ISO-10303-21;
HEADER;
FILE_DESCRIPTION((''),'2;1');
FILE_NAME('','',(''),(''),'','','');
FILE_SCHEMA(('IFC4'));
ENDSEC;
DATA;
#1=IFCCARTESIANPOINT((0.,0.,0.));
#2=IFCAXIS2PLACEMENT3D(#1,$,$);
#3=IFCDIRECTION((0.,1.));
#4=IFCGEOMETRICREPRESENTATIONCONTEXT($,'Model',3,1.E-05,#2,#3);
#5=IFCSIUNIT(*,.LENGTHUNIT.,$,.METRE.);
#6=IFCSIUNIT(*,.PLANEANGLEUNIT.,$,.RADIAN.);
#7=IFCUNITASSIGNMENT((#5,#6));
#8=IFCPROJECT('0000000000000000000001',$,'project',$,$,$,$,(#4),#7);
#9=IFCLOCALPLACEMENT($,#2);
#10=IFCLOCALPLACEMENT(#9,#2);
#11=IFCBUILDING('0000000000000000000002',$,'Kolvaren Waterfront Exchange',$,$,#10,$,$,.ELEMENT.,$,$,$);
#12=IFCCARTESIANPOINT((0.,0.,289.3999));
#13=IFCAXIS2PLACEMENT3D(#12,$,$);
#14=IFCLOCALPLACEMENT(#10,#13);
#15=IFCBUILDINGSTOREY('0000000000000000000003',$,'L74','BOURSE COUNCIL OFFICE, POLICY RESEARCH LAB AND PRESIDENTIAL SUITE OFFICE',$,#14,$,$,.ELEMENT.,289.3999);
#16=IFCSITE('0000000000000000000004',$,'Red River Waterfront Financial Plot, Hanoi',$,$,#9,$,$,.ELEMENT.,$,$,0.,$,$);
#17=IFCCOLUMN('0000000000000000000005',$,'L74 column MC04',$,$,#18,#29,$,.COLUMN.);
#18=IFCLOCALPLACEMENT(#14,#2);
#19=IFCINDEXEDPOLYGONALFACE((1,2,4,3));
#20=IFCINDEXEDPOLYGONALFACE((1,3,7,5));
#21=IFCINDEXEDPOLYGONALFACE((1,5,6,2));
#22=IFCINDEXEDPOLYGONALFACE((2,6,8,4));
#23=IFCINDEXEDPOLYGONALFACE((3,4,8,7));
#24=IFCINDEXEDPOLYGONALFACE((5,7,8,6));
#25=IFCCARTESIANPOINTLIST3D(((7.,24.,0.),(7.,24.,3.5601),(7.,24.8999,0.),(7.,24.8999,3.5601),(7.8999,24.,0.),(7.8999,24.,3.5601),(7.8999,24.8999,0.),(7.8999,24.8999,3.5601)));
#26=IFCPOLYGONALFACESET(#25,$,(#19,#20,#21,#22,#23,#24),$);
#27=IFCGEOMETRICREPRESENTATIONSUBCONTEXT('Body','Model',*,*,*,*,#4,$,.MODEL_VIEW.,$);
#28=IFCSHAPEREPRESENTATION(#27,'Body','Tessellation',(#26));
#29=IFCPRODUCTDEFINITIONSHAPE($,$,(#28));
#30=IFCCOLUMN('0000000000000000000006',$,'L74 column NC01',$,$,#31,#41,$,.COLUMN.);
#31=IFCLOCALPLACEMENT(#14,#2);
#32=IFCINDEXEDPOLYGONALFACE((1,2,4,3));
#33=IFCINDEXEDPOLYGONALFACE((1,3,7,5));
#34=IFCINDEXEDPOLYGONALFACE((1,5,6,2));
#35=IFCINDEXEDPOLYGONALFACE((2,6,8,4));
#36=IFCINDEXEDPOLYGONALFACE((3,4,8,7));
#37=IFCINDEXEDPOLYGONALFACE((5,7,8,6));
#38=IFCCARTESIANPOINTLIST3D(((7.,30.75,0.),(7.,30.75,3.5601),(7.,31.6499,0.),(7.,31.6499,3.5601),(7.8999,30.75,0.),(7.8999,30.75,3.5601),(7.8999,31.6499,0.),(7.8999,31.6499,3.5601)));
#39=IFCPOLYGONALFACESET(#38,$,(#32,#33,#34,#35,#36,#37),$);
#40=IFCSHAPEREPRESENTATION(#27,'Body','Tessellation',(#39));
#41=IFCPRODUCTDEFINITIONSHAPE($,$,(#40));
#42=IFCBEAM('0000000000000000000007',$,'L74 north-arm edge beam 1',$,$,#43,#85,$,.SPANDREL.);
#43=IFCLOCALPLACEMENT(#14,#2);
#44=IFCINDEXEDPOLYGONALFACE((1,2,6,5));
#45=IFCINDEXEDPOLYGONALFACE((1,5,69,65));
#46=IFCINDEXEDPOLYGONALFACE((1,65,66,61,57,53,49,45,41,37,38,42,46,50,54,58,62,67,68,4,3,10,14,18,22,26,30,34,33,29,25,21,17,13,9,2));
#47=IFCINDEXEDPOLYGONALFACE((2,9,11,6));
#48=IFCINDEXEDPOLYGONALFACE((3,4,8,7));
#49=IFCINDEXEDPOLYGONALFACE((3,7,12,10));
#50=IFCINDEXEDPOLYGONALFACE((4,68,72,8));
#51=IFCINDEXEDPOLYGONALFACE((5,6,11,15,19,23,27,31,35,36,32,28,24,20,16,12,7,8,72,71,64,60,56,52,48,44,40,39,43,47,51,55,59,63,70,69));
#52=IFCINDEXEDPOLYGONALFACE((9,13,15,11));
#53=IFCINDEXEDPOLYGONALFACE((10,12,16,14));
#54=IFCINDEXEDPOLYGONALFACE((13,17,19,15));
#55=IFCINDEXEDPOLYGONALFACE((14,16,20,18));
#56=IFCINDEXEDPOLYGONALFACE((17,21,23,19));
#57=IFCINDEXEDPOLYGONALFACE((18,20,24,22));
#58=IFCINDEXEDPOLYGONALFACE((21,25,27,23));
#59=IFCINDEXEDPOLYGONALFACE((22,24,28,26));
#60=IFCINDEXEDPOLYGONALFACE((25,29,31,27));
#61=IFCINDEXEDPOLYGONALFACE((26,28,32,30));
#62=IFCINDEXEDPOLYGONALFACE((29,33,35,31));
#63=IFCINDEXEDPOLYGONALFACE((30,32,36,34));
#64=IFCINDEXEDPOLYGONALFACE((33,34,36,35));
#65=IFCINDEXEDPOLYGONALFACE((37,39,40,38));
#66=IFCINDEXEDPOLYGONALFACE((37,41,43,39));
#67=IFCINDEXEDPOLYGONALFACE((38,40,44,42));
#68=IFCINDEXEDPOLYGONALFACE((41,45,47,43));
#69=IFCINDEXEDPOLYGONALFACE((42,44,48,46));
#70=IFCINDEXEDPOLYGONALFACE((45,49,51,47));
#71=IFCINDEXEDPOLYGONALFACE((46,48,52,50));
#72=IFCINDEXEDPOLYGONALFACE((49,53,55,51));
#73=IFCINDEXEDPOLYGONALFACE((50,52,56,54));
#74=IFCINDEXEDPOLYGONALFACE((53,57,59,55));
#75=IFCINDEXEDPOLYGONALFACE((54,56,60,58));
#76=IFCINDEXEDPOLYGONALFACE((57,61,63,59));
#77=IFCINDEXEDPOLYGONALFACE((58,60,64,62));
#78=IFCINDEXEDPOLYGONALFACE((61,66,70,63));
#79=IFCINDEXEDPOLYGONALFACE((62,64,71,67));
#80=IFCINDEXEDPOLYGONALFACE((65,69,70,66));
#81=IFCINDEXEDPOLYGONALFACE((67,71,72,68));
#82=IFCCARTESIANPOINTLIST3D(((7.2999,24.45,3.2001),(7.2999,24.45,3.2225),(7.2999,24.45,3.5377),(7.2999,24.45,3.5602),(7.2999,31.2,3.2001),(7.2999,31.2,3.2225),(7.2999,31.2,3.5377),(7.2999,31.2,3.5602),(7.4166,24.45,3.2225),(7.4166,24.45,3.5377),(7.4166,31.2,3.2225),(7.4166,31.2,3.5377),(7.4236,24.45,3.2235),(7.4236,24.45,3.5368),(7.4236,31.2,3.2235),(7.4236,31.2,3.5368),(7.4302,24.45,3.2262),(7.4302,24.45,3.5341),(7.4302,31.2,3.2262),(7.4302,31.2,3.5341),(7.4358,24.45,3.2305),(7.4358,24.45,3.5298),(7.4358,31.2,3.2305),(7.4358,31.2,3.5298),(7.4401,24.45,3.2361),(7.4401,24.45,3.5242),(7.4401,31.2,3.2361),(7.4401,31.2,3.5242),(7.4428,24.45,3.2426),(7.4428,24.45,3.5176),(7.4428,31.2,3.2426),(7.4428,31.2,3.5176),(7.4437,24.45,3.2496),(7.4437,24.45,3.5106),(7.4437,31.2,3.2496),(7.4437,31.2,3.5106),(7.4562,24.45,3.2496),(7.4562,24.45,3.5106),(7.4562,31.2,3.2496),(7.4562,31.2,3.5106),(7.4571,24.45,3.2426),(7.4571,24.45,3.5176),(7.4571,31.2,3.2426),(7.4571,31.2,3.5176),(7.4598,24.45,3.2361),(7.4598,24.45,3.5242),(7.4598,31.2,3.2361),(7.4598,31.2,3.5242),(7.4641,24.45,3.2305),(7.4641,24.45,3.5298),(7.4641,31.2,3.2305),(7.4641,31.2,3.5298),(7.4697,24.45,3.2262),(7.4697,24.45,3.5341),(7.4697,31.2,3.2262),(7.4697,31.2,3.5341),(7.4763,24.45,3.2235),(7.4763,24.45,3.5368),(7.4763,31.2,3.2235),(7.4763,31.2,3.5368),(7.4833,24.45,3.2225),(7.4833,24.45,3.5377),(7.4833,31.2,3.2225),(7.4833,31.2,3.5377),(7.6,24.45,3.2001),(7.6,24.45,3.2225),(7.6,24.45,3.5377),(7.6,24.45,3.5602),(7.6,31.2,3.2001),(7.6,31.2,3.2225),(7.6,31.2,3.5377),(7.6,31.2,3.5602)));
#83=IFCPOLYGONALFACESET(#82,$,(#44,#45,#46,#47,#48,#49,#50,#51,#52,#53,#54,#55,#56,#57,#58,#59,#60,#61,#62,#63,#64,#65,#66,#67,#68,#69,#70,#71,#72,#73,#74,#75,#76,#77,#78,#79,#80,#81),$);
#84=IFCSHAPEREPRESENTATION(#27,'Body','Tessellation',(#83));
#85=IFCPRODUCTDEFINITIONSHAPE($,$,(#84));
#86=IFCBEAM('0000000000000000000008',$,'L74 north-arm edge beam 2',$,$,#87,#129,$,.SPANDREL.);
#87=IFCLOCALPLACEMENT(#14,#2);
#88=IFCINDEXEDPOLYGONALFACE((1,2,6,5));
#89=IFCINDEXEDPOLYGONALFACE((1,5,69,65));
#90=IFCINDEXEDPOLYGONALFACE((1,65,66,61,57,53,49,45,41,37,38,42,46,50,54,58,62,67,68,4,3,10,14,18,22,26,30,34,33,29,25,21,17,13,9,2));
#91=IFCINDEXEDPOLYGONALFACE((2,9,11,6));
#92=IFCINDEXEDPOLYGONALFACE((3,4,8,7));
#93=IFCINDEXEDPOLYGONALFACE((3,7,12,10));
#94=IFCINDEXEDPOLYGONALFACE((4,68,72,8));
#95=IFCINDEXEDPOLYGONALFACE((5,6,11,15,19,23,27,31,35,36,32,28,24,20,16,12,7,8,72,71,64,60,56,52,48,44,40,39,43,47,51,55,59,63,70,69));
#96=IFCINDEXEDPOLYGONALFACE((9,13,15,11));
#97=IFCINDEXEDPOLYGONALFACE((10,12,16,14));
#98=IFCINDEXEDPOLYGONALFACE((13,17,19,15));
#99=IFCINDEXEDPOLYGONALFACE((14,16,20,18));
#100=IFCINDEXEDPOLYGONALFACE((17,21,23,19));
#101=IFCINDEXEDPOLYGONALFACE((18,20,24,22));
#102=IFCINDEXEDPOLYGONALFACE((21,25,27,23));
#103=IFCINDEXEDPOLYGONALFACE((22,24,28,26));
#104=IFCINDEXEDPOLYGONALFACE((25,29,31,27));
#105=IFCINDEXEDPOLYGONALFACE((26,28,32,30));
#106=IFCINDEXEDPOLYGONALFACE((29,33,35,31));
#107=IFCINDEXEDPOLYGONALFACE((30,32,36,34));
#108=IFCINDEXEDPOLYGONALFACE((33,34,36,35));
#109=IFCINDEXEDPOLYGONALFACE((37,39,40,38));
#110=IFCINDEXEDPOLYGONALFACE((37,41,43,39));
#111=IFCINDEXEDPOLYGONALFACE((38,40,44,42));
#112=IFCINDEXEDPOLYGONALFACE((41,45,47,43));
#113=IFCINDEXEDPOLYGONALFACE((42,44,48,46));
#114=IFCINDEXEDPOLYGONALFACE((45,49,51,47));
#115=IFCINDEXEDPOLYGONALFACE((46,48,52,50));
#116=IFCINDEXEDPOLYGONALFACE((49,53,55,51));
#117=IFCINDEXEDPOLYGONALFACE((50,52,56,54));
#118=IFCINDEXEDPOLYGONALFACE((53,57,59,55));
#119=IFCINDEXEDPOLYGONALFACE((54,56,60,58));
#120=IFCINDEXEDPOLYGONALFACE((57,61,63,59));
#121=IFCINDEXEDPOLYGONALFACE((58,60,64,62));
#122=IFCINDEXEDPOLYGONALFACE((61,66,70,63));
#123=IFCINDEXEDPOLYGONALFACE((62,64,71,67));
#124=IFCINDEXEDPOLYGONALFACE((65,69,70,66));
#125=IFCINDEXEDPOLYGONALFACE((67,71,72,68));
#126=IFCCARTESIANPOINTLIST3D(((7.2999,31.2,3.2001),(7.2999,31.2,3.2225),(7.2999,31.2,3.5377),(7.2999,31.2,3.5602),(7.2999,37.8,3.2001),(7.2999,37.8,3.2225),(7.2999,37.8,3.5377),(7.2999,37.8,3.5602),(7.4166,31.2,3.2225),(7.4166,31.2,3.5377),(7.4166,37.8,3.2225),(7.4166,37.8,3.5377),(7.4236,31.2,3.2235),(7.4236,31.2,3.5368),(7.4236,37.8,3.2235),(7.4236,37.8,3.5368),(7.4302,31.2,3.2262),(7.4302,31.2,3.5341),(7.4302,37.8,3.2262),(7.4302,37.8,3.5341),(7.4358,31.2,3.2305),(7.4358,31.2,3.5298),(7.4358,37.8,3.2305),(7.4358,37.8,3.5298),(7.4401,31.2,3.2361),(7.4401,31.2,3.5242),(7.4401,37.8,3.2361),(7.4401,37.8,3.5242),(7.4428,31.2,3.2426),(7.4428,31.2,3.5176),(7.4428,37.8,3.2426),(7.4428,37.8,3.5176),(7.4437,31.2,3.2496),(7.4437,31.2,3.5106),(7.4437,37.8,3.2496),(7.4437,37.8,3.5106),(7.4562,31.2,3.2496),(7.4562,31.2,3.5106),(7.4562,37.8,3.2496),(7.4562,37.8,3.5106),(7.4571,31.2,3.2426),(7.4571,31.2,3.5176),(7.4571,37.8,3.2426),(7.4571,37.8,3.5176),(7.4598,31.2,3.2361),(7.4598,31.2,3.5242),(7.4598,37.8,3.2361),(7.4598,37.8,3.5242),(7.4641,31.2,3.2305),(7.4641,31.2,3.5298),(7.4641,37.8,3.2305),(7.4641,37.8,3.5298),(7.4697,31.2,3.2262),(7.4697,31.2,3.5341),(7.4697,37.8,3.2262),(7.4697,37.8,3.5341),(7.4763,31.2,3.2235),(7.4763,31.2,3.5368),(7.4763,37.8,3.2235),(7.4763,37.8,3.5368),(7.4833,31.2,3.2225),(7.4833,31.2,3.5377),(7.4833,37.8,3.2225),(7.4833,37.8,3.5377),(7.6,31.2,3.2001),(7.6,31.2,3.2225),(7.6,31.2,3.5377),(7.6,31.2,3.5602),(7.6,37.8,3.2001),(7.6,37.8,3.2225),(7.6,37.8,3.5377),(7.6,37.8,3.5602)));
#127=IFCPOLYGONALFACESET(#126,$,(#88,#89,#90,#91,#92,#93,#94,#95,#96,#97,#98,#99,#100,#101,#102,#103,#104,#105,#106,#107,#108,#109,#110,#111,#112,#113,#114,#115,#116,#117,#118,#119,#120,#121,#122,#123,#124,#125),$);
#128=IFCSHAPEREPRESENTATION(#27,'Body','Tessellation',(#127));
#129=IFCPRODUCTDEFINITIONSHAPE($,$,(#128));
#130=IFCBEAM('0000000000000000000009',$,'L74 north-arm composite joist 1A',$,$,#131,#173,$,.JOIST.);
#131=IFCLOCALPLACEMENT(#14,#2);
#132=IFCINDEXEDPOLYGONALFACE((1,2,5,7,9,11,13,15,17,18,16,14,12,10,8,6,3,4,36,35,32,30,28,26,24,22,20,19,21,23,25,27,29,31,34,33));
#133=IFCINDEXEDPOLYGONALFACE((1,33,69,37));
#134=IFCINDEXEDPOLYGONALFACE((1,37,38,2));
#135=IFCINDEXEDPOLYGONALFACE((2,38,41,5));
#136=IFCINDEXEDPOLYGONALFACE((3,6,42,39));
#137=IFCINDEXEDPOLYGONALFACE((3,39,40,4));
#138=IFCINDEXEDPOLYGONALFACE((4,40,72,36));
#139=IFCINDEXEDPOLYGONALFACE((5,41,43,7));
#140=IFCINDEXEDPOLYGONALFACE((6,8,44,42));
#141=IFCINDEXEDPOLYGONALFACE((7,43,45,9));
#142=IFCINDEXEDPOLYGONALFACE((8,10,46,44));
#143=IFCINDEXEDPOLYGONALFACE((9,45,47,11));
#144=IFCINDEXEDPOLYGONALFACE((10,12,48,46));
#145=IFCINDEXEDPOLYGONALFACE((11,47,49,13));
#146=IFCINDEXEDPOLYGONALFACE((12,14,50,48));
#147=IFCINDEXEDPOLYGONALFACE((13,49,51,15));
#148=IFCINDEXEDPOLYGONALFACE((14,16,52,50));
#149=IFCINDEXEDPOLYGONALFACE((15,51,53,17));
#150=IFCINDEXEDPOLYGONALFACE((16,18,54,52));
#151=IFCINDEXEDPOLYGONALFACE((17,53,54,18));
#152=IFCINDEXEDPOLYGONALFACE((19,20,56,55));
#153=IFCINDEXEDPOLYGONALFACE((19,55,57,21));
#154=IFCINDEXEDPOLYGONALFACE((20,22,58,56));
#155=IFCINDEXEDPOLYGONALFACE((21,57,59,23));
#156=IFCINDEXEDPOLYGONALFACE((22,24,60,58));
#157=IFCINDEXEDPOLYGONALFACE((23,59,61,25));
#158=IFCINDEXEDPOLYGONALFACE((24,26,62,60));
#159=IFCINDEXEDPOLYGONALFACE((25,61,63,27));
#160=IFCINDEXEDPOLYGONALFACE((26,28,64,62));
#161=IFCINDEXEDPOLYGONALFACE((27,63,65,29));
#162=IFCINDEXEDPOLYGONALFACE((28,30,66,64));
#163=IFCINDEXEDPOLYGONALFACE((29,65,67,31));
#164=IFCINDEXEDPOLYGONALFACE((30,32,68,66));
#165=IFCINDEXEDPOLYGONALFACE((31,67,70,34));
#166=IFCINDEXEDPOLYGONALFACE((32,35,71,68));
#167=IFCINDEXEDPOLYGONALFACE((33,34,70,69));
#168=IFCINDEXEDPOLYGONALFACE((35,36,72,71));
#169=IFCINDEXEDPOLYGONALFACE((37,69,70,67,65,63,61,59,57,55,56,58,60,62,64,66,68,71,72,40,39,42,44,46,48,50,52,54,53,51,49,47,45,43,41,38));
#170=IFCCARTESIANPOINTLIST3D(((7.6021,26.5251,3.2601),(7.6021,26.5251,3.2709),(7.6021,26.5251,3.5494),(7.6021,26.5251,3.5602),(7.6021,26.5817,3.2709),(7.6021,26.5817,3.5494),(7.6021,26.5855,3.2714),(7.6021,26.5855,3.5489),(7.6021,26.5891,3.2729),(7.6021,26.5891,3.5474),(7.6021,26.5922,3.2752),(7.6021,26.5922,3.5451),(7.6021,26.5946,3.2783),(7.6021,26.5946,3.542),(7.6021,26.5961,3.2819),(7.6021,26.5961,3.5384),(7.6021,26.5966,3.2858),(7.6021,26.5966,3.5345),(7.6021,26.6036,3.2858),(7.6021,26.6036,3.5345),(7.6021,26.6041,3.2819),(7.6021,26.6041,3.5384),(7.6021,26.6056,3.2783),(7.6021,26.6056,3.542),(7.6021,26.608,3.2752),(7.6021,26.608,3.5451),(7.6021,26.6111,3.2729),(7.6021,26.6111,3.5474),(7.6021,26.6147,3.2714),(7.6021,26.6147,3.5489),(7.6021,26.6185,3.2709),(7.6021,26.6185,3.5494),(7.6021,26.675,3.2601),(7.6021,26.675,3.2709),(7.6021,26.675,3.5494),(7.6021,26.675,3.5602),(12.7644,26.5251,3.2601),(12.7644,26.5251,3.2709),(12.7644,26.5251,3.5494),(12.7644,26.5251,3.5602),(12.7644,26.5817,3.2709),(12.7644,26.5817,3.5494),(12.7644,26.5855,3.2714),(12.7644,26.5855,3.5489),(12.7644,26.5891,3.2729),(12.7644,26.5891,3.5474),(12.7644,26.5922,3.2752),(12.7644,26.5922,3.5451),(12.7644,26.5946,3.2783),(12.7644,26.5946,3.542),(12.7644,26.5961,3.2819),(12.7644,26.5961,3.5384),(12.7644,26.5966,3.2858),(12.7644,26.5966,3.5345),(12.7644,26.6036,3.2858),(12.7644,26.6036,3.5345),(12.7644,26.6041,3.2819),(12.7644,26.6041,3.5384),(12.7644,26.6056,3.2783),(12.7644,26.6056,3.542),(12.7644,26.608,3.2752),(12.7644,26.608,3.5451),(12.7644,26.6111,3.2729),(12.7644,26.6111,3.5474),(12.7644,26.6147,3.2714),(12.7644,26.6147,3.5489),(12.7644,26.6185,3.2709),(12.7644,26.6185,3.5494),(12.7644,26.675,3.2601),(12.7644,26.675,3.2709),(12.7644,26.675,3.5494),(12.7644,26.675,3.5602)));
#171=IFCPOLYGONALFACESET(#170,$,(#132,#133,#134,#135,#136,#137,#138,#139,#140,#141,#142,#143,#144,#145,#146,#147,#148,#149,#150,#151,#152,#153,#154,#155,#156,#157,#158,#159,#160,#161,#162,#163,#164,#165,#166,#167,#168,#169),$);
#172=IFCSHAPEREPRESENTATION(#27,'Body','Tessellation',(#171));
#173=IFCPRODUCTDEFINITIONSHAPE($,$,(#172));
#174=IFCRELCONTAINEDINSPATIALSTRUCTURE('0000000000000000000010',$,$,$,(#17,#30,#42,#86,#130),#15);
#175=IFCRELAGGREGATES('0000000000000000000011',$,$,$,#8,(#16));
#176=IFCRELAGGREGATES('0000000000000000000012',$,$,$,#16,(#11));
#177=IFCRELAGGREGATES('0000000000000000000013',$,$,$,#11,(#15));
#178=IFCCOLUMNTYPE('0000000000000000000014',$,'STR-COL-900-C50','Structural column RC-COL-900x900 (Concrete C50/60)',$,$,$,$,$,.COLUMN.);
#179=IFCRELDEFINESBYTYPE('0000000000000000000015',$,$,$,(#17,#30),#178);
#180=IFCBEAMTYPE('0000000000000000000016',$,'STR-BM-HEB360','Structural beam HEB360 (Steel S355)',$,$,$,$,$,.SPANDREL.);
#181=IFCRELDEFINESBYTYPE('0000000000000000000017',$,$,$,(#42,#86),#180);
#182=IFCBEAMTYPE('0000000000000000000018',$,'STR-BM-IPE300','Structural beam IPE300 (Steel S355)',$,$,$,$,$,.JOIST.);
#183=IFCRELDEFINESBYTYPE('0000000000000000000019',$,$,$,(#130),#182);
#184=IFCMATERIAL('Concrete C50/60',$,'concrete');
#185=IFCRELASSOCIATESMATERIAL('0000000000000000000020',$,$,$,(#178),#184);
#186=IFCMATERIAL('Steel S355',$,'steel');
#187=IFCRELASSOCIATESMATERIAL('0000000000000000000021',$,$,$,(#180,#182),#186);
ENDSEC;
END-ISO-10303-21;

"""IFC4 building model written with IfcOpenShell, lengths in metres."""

from ifc_helpers import new_model, si_unit, direction, frame, origin, origin_2d, place, context, subcontext, project, spatial, rectangle, i_section, extrude, material, material_profile, profile_set, type_object, element, save


model = new_model("IFC4")

# Units and contexts
model_context = context("Model", 3, precision=1e-05, world=origin(), true_north=direction((0.0, 1.0)))
body_context = subcontext(model_context, "Body", "Model", "MODEL_VIEW")
ifc_project = project(units=[si_unit("LENGTHUNIT", "METRE"), si_unit("PLANEANGLEUNIT", "RADIAN")], contexts=[model_context])

# Site, building, storey
site_placement = place(None, origin())
site = spatial("IfcSite", under=ifc_project, at=site_placement, Name="Red River Waterfront Financial Plot, Hanoi", CompositionType="ELEMENT", RefElevation=0.0)
building_placement = place(site_placement, origin())
building = spatial("IfcBuilding", under=site, at=building_placement, Name="Kolvaren Waterfront Exchange", CompositionType="ELEMENT")
storey_placement = place(building_placement, frame((0.0, 0.0, 289.3999)))
storey = spatial("IfcBuildingStorey", under=building, at=storey_placement, Name="L74", Description="BOURSE COUNCIL OFFICE, POLICY RESEARCH LAB AND PRESIDENTIAL SUITE OFFICE", CompositionType="ELEMENT", Elevation=289.3999)

# Columns
ifc_material_1 = material(Name="Concrete C50/60", Category="concrete")
ifc_material_profile_1 = material_profile(ifc_material_1, rectangle(XDim=0.8999, YDim=0.8999, at=origin_2d()), Name="RC-COL-900x900")
ifc_profile_set_1 = profile_set([ifc_material_profile_1], Name="Concrete C50/60")
column_type = type_object("IfcColumnType", Name="STR-COL-900-C50", Description="Structural column RC-COL-900x900 (Concrete C50/60)", PredefinedType="COLUMN", material=ifc_profile_set_1)
for number, where, z_axis, x_axis, name in (
    (1, (7.45, 24.45, 0.0), (0.0, 0.0, 1.0), (1.0, 0.0, 0.0), "L74 column MC04"),
    (2, (7.45, 31.2, 0.0), (0.0, 0.0, 1.0), (1.0, 0.0, 0.0), "L74 column NC01"),
):
    element("IfcColumn", number, at=place(storey_placement, frame(where, z_axis=z_axis, x_axis=x_axis)), inside=storey, type_object=column_type, Name=name, PredefinedType="COLUMN", context=body_context, shape_type="SweptSolid", body=[
        extrude(rectangle(XDim=0.8999, YDim=0.8999, at=origin_2d()), origin(), (0.0, 0.0, 1.0), 3.5601),
    ])

# Beams
ifc_material_2 = material(Name="Steel S355", Category="steel")
ifc_material_profile_2 = material_profile(ifc_material_2, i_section(OverallWidth=0.3, OverallDepth=0.3601, WebThickness=0.0125, FlangeThickness=0.0225, FilletRadius=0.0271, at=origin_2d()), Name="HEB360")
ifc_profile_set_2 = profile_set([ifc_material_profile_2], Name="Steel S355")
beam_type_1 = type_object("IfcBeamType", Name="STR-BM-HEB360", Description="Structural beam HEB360 (Steel S355)", PredefinedType="SPANDREL", material=ifc_profile_set_2)
beam_1_placement = place(storey_placement, frame((7.45, 24.45, 3.3801), z_axis=(0.0, 1.0, 0.0), x_axis=(-1.0, 0.0, 0.0)))
element("IfcBeam", 3, at=beam_1_placement, inside=storey, type_object=beam_type_1, Name="L74 north-arm edge beam 1", PredefinedType="SPANDREL", context=body_context, shape_type="SweptSolid", body=[
    extrude(i_section(OverallWidth=0.3, OverallDepth=0.3601, WebThickness=0.0125, FlangeThickness=0.0225, FilletRadius=0.0271, at=origin_2d()), origin(), (0.0, 0.0, 1.0), 6.75),
])
beam_2_placement = place(storey_placement, frame((7.45, 31.2, 3.3801), z_axis=(0.0, 1.0, 0.0), x_axis=(-1.0, 0.0, 0.0)))
element("IfcBeam", 4, at=beam_2_placement, inside=storey, type_object=beam_type_1, Name="L74 north-arm edge beam 2", PredefinedType="SPANDREL", context=body_context, shape_type="SweptSolid", body=[
    extrude(i_section(OverallWidth=0.3, OverallDepth=0.3601, WebThickness=0.0125, FlangeThickness=0.0225, FilletRadius=0.0271, at=origin_2d()), origin(), (0.0, 0.0, 1.0), 6.6001),
])
ifc_material_profile_3 = material_profile(ifc_material_2, i_section(OverallWidth=0.1499, OverallDepth=0.3, WebThickness=0.0071, FlangeThickness=0.0107, FilletRadius=0.0149, at=origin_2d()), Name="IPE300")
ifc_profile_set_3 = profile_set([ifc_material_profile_3], Name="Steel S355")
beam_type_2 = type_object("IfcBeamType", Name="STR-BM-IPE300", Description="Structural beam IPE300 (Steel S355)", PredefinedType="JOIST", material=ifc_profile_set_3)
for number, where, z_axis, x_axis, name in (
    (5, (7.6021, 26.6001, 3.4102), (1.0, 0.0, 0.0), (0.0, 1.0, 0.0), "L74 north-arm composite joist 1A"),
):
    element("IfcBeam", number, at=place(storey_placement, frame(where, z_axis=z_axis, x_axis=x_axis)), inside=storey, type_object=beam_type_2, Name=name, PredefinedType="JOIST", context=body_context, shape_type="SweptSolid", body=[
        extrude(i_section(OverallWidth=0.1499, OverallDepth=0.3, WebThickness=0.0071, FlangeThickness=0.0107, FilletRadius=0.0149, at=origin_2d()), origin(), (0.0, 0.0, 1.0), 5.1624),
    ])

save(model, "model.ifc")
